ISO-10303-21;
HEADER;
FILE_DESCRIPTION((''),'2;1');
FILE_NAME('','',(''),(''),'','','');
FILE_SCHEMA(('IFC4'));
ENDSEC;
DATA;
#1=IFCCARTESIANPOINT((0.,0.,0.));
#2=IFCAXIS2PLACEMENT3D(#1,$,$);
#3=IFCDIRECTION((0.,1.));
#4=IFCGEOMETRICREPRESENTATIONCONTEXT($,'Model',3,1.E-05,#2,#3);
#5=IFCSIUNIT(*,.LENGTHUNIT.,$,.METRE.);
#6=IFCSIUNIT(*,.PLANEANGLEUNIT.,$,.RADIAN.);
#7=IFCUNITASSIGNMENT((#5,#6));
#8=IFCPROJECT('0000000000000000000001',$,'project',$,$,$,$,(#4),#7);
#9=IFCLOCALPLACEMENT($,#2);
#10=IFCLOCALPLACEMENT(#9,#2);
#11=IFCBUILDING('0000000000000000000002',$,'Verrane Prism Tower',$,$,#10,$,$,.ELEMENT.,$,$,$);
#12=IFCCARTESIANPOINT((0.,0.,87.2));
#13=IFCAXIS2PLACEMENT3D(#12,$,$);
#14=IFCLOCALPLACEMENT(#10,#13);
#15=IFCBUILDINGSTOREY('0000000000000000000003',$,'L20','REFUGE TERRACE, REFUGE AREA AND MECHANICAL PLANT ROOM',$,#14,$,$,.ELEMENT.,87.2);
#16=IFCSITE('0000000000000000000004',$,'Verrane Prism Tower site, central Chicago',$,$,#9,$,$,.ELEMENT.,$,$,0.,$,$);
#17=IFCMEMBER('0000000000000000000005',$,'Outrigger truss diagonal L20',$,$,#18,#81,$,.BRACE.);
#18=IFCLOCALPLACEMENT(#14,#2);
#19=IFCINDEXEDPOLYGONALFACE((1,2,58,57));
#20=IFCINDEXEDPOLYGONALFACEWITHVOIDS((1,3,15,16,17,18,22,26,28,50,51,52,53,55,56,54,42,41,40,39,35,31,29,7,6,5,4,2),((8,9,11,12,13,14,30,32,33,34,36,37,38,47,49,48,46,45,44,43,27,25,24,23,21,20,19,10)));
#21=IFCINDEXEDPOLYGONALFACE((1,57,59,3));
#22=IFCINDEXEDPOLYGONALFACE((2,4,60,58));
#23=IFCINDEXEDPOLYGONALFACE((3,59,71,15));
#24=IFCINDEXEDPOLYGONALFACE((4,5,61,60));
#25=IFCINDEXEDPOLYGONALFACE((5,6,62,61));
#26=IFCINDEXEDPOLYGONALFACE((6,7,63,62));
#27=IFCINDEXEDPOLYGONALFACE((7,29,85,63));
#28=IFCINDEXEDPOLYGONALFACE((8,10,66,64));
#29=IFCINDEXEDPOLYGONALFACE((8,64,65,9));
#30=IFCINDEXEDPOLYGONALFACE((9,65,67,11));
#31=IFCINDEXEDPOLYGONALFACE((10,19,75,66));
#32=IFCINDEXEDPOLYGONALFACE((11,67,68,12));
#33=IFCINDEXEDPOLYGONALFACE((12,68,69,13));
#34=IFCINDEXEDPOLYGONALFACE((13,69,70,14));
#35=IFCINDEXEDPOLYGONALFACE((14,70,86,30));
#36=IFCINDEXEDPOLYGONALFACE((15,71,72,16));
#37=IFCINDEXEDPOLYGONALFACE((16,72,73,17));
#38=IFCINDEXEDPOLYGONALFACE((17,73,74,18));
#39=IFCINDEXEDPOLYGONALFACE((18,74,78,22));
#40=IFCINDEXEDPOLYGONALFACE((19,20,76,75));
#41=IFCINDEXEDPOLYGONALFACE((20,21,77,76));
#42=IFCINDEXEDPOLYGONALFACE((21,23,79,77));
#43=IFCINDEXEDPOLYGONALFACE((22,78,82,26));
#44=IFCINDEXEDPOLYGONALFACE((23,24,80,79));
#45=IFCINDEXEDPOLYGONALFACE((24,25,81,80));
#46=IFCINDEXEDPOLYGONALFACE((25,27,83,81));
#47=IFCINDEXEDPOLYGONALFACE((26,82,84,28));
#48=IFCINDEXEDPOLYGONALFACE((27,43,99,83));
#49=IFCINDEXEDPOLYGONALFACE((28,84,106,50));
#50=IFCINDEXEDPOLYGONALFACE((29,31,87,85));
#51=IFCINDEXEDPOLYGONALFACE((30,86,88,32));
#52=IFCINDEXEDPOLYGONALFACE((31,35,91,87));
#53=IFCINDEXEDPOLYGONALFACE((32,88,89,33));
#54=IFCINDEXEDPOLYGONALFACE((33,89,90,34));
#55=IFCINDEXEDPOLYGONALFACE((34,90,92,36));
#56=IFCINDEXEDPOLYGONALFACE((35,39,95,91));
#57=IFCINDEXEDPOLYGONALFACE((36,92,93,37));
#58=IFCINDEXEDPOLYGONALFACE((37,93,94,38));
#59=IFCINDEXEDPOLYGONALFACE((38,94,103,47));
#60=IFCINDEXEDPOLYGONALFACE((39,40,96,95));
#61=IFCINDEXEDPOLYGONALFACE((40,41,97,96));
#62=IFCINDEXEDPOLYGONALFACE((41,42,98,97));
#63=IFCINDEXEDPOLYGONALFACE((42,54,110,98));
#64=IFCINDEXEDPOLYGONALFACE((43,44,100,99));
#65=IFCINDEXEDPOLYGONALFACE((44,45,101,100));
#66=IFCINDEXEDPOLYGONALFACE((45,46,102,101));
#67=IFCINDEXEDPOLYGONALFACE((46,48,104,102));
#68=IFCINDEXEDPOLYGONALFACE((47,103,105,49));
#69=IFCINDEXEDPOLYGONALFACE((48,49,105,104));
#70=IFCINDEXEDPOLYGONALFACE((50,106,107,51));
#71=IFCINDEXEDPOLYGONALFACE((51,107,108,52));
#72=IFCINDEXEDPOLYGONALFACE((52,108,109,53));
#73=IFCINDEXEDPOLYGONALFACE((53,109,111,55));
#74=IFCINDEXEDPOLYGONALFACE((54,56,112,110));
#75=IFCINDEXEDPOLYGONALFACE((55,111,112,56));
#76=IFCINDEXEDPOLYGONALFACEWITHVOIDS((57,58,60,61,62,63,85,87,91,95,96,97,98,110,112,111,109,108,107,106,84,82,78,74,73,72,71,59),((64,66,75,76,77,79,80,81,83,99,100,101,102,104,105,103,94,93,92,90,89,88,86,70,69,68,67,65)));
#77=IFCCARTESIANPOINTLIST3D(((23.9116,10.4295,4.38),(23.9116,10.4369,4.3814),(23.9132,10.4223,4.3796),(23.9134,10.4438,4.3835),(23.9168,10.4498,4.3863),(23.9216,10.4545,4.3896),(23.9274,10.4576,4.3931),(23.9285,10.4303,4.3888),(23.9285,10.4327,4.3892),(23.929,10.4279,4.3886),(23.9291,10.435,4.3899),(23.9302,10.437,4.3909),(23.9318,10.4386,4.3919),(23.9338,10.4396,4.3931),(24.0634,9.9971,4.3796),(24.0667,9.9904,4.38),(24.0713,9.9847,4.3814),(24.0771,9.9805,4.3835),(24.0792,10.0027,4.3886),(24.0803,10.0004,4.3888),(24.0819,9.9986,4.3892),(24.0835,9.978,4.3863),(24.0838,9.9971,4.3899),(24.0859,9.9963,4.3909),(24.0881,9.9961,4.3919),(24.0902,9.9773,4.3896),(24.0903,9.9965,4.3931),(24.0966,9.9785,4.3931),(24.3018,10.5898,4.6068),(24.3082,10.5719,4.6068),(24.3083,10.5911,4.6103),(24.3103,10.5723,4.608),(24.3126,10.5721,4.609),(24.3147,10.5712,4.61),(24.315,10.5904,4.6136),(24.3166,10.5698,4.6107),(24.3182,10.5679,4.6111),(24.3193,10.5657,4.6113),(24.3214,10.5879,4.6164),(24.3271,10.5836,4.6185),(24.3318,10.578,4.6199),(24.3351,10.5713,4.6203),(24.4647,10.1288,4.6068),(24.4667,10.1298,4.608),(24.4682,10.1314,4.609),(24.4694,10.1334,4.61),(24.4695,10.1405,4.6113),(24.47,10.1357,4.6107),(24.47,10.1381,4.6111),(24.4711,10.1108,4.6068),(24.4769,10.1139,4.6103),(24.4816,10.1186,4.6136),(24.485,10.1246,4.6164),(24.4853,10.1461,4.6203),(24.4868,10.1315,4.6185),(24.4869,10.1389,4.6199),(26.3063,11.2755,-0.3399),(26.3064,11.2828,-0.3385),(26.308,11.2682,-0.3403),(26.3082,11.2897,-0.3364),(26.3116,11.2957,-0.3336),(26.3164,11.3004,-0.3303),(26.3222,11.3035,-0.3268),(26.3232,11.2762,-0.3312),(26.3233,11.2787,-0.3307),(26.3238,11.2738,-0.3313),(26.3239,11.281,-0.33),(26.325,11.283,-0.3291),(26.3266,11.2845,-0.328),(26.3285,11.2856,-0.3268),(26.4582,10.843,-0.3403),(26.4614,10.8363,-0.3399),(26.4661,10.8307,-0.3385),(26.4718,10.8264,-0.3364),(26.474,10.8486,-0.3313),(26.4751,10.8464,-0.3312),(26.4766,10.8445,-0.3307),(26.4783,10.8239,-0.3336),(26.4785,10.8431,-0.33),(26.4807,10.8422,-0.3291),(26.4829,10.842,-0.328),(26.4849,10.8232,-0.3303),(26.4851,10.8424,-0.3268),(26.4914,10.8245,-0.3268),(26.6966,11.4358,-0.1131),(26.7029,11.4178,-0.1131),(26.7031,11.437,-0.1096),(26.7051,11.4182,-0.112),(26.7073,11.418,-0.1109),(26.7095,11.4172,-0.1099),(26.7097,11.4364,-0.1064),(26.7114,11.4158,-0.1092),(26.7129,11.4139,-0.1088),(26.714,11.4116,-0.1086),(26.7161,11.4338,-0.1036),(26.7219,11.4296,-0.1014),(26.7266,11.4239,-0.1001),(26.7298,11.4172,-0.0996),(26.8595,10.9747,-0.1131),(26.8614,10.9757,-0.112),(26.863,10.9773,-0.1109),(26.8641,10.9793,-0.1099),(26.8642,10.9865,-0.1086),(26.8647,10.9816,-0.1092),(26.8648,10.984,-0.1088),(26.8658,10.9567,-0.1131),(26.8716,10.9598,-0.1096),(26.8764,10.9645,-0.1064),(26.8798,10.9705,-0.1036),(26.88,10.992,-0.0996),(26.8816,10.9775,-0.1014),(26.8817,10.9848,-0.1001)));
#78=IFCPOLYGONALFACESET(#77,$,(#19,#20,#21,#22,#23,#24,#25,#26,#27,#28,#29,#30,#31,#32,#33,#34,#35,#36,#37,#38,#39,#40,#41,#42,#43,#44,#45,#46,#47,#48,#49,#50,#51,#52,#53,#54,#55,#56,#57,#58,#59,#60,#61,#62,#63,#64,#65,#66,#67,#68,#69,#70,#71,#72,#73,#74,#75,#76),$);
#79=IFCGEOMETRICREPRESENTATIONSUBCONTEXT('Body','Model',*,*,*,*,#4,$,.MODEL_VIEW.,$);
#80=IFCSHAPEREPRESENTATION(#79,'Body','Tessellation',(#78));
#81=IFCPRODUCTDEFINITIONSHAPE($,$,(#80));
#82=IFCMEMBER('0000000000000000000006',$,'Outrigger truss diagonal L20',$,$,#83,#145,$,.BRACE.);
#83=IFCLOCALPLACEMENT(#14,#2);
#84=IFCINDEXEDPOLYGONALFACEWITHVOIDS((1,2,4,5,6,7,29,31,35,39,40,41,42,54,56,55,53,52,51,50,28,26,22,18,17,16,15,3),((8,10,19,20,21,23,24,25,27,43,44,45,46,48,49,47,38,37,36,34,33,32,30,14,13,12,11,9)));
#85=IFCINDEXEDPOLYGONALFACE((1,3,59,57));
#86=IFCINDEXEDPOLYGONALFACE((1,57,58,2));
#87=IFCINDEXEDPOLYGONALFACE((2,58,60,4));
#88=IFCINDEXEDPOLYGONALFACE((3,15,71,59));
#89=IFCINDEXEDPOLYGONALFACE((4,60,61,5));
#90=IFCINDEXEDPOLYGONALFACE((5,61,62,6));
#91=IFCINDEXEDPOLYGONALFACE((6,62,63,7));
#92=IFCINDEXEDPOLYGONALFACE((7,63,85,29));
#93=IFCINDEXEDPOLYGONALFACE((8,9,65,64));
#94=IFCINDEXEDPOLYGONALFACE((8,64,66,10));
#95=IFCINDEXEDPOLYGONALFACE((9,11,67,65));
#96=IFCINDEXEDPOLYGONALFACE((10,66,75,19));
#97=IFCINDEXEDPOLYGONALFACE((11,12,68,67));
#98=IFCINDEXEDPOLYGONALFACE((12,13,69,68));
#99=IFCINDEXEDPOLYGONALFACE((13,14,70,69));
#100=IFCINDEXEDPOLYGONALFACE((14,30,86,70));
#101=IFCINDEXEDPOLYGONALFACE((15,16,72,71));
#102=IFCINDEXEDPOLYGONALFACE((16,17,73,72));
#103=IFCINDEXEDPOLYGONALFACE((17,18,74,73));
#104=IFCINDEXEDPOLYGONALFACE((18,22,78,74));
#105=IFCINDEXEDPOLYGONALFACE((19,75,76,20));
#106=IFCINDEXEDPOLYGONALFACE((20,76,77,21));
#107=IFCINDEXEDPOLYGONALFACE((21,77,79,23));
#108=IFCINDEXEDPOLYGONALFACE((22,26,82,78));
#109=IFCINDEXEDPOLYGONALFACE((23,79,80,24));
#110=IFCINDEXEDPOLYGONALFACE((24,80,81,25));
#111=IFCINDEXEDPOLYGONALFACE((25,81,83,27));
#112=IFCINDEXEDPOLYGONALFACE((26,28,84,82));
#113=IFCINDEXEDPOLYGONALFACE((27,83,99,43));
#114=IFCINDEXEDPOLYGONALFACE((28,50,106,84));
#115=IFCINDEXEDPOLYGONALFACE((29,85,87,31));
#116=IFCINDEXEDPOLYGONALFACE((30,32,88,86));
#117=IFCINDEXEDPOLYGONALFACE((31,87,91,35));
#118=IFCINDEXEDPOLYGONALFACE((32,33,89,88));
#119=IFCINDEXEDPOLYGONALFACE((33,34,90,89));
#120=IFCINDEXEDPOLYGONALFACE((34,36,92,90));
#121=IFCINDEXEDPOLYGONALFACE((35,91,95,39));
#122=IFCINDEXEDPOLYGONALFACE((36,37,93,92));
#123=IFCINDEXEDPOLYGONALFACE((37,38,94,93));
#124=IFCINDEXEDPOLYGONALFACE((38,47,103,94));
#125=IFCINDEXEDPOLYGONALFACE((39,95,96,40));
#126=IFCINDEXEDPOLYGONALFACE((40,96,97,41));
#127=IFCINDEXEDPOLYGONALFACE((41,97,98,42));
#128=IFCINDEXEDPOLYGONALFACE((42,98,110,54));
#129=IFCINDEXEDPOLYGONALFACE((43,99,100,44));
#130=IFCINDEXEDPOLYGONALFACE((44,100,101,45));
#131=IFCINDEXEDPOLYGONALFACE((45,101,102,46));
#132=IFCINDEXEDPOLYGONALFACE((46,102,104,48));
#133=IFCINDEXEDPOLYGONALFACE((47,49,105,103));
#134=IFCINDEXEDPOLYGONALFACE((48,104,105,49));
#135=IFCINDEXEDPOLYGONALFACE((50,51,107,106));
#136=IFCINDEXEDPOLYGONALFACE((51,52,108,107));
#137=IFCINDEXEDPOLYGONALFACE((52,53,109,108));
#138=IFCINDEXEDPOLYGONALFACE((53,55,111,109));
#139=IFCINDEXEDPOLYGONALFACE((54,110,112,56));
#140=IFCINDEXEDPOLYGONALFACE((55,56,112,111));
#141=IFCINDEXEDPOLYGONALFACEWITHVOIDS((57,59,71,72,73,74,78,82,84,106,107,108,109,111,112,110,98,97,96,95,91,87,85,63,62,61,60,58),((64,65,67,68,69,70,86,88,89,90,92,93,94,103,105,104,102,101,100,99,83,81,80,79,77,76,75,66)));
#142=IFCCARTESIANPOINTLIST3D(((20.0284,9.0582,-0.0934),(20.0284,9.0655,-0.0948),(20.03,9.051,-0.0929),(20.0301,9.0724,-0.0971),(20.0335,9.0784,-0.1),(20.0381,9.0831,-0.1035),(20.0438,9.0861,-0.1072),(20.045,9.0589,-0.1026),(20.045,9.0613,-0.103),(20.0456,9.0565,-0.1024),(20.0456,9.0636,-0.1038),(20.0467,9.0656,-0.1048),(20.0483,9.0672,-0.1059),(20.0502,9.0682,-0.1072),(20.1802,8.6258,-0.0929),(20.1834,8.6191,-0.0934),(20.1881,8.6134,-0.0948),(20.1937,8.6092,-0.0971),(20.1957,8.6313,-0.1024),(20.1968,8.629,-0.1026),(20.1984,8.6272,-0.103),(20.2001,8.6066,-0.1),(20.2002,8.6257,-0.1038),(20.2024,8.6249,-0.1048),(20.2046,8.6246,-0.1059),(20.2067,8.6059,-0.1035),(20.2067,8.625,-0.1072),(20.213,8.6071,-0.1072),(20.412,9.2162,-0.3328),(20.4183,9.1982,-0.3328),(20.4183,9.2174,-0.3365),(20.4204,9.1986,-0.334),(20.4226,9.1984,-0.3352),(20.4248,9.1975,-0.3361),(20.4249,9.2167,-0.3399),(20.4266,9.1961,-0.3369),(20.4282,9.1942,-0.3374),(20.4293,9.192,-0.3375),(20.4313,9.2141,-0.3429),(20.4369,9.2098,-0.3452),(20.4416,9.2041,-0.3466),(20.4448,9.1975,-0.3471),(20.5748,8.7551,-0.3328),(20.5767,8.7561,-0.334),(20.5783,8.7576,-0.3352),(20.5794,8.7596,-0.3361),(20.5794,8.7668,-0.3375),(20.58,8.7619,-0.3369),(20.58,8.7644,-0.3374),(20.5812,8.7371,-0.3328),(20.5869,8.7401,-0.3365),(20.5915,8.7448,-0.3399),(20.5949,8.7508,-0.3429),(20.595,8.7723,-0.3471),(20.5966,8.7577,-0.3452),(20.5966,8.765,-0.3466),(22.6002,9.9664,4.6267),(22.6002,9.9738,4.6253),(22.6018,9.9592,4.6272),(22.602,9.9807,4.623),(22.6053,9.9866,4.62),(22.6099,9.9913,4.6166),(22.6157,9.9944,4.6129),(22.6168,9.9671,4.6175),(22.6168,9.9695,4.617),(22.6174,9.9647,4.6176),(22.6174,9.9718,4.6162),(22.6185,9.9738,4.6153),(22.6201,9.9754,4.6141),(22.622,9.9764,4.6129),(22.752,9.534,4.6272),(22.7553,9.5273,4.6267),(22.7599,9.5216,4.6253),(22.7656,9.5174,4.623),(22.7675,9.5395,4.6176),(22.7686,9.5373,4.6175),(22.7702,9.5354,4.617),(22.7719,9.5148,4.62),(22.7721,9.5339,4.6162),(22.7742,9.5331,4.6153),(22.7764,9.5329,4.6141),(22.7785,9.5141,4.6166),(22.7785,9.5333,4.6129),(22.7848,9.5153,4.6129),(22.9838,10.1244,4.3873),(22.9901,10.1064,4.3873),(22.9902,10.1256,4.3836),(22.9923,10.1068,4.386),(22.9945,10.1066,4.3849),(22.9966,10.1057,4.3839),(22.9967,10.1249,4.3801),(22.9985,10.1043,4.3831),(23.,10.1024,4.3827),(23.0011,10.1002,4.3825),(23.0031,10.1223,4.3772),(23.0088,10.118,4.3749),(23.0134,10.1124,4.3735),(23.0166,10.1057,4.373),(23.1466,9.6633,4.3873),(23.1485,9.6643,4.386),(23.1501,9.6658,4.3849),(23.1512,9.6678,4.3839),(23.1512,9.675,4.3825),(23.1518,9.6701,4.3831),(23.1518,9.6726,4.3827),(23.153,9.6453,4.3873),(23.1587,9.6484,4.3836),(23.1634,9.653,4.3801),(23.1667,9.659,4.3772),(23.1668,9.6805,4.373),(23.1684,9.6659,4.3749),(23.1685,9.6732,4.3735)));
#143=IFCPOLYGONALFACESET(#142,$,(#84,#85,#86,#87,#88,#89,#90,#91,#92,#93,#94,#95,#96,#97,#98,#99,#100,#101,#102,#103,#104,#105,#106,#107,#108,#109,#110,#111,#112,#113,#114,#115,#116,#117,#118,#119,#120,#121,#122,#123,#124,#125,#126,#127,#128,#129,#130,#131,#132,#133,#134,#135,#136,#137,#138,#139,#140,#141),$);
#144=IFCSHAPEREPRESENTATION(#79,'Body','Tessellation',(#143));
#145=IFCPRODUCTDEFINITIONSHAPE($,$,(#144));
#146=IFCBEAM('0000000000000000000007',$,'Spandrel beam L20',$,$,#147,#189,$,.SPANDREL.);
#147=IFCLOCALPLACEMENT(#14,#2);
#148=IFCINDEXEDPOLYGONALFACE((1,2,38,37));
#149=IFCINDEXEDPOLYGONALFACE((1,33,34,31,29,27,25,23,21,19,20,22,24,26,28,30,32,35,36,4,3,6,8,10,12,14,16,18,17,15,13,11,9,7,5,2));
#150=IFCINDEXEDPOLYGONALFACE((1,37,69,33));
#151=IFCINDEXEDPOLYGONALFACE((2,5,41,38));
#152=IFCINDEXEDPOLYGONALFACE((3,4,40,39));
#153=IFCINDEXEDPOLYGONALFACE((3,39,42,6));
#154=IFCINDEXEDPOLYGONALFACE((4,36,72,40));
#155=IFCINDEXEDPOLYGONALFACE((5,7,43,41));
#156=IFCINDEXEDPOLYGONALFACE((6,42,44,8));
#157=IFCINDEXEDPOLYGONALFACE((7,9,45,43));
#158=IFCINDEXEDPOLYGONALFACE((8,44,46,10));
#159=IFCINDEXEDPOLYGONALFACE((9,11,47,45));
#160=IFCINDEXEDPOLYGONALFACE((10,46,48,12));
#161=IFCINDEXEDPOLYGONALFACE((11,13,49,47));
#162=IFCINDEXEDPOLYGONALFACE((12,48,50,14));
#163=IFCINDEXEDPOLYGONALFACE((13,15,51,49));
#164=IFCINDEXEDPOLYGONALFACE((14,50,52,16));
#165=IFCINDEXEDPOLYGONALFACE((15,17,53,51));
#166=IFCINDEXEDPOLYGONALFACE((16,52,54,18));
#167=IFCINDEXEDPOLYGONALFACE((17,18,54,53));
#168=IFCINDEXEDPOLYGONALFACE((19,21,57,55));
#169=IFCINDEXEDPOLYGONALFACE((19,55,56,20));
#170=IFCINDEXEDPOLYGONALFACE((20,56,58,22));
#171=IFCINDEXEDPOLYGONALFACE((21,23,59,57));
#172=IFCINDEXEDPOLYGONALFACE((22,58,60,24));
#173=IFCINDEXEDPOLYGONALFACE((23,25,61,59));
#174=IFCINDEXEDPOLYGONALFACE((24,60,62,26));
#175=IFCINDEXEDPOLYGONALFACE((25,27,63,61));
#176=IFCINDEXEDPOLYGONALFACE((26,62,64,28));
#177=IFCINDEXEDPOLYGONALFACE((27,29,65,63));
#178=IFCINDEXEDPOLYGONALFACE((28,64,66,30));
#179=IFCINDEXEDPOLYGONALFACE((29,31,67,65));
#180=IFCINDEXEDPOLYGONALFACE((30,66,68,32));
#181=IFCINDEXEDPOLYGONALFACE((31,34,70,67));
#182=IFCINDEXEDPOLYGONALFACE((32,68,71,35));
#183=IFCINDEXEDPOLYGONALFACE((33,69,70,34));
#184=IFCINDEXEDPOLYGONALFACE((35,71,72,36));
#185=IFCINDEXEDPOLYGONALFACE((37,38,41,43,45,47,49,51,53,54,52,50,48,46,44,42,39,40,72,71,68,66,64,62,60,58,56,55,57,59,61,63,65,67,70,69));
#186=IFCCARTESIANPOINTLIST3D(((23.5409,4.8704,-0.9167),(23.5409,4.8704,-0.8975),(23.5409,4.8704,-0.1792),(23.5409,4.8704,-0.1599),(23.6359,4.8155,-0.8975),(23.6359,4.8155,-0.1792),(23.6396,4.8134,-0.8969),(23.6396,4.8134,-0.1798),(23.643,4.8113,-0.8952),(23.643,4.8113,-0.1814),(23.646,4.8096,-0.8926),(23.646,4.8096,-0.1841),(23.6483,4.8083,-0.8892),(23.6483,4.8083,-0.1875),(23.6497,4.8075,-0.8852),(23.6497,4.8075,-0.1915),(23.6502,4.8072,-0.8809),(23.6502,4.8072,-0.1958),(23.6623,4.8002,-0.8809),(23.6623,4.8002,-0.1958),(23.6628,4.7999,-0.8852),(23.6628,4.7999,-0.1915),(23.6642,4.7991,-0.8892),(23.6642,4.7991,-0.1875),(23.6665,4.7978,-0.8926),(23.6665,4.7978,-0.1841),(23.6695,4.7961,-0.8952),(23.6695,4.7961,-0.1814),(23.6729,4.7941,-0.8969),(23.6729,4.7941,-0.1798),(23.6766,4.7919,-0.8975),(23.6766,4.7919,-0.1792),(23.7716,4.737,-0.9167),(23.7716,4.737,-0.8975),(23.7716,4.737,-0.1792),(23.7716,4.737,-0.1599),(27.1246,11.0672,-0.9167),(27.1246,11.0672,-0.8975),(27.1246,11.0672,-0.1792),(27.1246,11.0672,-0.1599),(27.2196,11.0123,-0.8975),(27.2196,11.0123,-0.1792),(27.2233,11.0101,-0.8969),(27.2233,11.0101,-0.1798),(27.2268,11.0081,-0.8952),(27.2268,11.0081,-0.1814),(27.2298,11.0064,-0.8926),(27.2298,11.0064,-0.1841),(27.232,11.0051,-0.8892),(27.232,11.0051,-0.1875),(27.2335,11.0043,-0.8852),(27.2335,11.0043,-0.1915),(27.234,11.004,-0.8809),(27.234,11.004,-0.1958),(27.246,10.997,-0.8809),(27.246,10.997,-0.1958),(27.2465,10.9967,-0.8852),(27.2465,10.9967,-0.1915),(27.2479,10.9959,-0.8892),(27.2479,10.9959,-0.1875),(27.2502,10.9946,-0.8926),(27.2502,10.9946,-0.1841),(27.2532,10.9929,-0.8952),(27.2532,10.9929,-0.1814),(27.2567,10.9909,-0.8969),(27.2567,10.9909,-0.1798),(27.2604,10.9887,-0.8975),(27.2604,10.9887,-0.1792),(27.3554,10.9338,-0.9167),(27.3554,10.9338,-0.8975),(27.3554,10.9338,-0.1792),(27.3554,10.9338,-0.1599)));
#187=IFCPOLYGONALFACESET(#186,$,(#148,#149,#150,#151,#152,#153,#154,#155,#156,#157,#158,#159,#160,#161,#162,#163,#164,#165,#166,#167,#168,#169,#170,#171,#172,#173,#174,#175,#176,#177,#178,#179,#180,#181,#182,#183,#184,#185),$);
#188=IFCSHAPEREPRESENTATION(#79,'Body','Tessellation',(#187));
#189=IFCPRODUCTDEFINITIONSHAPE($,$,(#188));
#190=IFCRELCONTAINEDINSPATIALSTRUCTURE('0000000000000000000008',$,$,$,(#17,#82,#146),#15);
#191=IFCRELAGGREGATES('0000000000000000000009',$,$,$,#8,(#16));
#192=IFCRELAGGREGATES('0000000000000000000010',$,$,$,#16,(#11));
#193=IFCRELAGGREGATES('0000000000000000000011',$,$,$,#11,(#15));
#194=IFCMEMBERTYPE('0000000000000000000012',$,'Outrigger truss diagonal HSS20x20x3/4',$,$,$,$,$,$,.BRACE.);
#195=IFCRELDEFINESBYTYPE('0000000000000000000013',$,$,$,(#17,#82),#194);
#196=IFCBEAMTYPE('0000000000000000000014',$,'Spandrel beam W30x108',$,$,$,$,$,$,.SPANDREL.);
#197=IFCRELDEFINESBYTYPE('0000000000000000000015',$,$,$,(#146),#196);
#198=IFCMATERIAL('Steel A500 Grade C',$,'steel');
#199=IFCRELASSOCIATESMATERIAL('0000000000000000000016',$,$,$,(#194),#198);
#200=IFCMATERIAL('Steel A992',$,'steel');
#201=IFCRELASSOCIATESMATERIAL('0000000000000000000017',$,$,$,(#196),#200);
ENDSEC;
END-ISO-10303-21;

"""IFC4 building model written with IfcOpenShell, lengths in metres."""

from ifc_helpers import new_model, si_unit, direction, frame, origin, origin_2d, place, context, subcontext, project, spatial, hollow_rectangle, i_section, extrude, material, material_profile, profile_set, type_object, element, save


model = new_model("IFC4")

# Units and contexts
model_context = context("Model", 3, precision=1e-05, world=origin(), true_north=direction((0.0, 1.0)))
body_context = subcontext(model_context, "Body", "Model", "MODEL_VIEW")
ifc_project = project(units=[si_unit("LENGTHUNIT", "METRE"), si_unit("PLANEANGLEUNIT", "RADIAN")], contexts=[model_context])

# Site, building, storey
site_placement = place(None, origin())
site = spatial("IfcSite", under=ifc_project, at=site_placement, Name="Verrane Prism Tower site, central Chicago", CompositionType="ELEMENT", RefElevation=0.0)
building_placement = place(site_placement, origin())
building = spatial("IfcBuilding", under=site, at=building_placement, Name="Verrane Prism Tower", CompositionType="ELEMENT")
storey_placement = place(building_placement, frame((0.0, 0.0, 87.2)))
storey = spatial("IfcBuildingStorey", under=building, at=storey_placement, Name="L20", Description="REFUGE TERRACE, REFUGE AREA AND MECHANICAL PLANT ROOM", CompositionType="ELEMENT", Elevation=87.2)

# Members
ifc_material_1 = material(Name="Steel A500 Grade C", Category="steel")
ifc_material_profile_1 = material_profile(ifc_material_1, hollow_rectangle(XDim=0.5081, YDim=0.5081, WallThickness=0.019, InnerFilletRadius=0.0095, OuterFilletRadius=0.0286, at=origin_2d()), Name="HSS20x20x3/4")
ifc_profile_set_1 = profile_set([ifc_material_profile_1], Name="Steel A500 Grade C")
member_type_1 = type_object("IfcMemberType", Name="Outrigger truss diagonal HSS20x20x3/4", PredefinedType="BRACE", material=ifc_profile_set_1)
member_1_placement = place(storey_placement, frame((26.594, 11.1301, -0.22), z_axis=(-0.446793, -0.157828, 0.880605), x_axis=(0.333077, -0.9429, 0.0)))
element("IfcMember", 1, at=member_1_placement, inside=storey, type_object=member_type_1, Name="Outrigger truss diagonal L20", PredefinedType="BRACE", context=body_context, shape_type="SweptSolid", body=[
    extrude(hollow_rectangle(XDim=0.5081, YDim=0.5081, WallThickness=0.019, InnerFilletRadius=0.0095, OuterFilletRadius=0.0286, at=origin_2d()), origin(), (0.0, 0.0, 1.0), 5.3599),
])
member_2_placement = place(storey_placement, frame((20.3125, 8.9116, -0.22), z_axis=(0.471771, 0.166602, 0.865838), x_axis=(-0.332989, 0.942931, 0.0)))
element("IfcMember", 2, at=member_2_placement, inside=storey, type_object=member_type_1, Name="Outrigger truss diagonal L20", PredefinedType="BRACE", context=body_context, shape_type="SweptSolid", body=[
    extrude(hollow_rectangle(XDim=0.5081, YDim=0.5081, WallThickness=0.019, InnerFilletRadius=0.0095, OuterFilletRadius=0.0286, at=origin_2d()), origin(), (0.0, 0.0, 1.0), 5.4514),
])

# Beam
ifc_material_2 = material(Name="Steel A992", Category="steel")
ifc_material_profile_2 = material_profile(ifc_material_2, i_section(OverallWidth=0.2666, OverallDepth=0.7568, WebThickness=0.0139, FlangeThickness=0.0193, FilletRadius=0.0166, at=origin_2d()), Name="W30x108")
ifc_profile_set_2 = profile_set([ifc_material_profile_2], Name="Steel A992")
beam_type_1 = type_object("IfcBeamType", Name="Spandrel beam W30x108", PredefinedType="SPANDREL", material=ifc_profile_set_2)
beam_1_placement = place(storey_placement, frame((23.6562, 4.8037, -0.5383), z_axis=(0.500632, 0.86566, 0.0), x_axis=(-0.86566, 0.500632, 0.0)))
element("IfcBeam", 3, at=beam_1_placement, inside=storey, type_object=beam_type_1, Name="Spandrel beam L20", PredefinedType="SPANDREL", context=body_context, shape_type="SweptSolid", body=[
    extrude(i_section(OverallWidth=0.2666, OverallDepth=0.7568, WebThickness=0.0139, FlangeThickness=0.0193, FilletRadius=0.0166, at=origin_2d()), origin(), (0.0, 0.0, 1.0), 7.1584),
])

save(model, "model.ifc")
